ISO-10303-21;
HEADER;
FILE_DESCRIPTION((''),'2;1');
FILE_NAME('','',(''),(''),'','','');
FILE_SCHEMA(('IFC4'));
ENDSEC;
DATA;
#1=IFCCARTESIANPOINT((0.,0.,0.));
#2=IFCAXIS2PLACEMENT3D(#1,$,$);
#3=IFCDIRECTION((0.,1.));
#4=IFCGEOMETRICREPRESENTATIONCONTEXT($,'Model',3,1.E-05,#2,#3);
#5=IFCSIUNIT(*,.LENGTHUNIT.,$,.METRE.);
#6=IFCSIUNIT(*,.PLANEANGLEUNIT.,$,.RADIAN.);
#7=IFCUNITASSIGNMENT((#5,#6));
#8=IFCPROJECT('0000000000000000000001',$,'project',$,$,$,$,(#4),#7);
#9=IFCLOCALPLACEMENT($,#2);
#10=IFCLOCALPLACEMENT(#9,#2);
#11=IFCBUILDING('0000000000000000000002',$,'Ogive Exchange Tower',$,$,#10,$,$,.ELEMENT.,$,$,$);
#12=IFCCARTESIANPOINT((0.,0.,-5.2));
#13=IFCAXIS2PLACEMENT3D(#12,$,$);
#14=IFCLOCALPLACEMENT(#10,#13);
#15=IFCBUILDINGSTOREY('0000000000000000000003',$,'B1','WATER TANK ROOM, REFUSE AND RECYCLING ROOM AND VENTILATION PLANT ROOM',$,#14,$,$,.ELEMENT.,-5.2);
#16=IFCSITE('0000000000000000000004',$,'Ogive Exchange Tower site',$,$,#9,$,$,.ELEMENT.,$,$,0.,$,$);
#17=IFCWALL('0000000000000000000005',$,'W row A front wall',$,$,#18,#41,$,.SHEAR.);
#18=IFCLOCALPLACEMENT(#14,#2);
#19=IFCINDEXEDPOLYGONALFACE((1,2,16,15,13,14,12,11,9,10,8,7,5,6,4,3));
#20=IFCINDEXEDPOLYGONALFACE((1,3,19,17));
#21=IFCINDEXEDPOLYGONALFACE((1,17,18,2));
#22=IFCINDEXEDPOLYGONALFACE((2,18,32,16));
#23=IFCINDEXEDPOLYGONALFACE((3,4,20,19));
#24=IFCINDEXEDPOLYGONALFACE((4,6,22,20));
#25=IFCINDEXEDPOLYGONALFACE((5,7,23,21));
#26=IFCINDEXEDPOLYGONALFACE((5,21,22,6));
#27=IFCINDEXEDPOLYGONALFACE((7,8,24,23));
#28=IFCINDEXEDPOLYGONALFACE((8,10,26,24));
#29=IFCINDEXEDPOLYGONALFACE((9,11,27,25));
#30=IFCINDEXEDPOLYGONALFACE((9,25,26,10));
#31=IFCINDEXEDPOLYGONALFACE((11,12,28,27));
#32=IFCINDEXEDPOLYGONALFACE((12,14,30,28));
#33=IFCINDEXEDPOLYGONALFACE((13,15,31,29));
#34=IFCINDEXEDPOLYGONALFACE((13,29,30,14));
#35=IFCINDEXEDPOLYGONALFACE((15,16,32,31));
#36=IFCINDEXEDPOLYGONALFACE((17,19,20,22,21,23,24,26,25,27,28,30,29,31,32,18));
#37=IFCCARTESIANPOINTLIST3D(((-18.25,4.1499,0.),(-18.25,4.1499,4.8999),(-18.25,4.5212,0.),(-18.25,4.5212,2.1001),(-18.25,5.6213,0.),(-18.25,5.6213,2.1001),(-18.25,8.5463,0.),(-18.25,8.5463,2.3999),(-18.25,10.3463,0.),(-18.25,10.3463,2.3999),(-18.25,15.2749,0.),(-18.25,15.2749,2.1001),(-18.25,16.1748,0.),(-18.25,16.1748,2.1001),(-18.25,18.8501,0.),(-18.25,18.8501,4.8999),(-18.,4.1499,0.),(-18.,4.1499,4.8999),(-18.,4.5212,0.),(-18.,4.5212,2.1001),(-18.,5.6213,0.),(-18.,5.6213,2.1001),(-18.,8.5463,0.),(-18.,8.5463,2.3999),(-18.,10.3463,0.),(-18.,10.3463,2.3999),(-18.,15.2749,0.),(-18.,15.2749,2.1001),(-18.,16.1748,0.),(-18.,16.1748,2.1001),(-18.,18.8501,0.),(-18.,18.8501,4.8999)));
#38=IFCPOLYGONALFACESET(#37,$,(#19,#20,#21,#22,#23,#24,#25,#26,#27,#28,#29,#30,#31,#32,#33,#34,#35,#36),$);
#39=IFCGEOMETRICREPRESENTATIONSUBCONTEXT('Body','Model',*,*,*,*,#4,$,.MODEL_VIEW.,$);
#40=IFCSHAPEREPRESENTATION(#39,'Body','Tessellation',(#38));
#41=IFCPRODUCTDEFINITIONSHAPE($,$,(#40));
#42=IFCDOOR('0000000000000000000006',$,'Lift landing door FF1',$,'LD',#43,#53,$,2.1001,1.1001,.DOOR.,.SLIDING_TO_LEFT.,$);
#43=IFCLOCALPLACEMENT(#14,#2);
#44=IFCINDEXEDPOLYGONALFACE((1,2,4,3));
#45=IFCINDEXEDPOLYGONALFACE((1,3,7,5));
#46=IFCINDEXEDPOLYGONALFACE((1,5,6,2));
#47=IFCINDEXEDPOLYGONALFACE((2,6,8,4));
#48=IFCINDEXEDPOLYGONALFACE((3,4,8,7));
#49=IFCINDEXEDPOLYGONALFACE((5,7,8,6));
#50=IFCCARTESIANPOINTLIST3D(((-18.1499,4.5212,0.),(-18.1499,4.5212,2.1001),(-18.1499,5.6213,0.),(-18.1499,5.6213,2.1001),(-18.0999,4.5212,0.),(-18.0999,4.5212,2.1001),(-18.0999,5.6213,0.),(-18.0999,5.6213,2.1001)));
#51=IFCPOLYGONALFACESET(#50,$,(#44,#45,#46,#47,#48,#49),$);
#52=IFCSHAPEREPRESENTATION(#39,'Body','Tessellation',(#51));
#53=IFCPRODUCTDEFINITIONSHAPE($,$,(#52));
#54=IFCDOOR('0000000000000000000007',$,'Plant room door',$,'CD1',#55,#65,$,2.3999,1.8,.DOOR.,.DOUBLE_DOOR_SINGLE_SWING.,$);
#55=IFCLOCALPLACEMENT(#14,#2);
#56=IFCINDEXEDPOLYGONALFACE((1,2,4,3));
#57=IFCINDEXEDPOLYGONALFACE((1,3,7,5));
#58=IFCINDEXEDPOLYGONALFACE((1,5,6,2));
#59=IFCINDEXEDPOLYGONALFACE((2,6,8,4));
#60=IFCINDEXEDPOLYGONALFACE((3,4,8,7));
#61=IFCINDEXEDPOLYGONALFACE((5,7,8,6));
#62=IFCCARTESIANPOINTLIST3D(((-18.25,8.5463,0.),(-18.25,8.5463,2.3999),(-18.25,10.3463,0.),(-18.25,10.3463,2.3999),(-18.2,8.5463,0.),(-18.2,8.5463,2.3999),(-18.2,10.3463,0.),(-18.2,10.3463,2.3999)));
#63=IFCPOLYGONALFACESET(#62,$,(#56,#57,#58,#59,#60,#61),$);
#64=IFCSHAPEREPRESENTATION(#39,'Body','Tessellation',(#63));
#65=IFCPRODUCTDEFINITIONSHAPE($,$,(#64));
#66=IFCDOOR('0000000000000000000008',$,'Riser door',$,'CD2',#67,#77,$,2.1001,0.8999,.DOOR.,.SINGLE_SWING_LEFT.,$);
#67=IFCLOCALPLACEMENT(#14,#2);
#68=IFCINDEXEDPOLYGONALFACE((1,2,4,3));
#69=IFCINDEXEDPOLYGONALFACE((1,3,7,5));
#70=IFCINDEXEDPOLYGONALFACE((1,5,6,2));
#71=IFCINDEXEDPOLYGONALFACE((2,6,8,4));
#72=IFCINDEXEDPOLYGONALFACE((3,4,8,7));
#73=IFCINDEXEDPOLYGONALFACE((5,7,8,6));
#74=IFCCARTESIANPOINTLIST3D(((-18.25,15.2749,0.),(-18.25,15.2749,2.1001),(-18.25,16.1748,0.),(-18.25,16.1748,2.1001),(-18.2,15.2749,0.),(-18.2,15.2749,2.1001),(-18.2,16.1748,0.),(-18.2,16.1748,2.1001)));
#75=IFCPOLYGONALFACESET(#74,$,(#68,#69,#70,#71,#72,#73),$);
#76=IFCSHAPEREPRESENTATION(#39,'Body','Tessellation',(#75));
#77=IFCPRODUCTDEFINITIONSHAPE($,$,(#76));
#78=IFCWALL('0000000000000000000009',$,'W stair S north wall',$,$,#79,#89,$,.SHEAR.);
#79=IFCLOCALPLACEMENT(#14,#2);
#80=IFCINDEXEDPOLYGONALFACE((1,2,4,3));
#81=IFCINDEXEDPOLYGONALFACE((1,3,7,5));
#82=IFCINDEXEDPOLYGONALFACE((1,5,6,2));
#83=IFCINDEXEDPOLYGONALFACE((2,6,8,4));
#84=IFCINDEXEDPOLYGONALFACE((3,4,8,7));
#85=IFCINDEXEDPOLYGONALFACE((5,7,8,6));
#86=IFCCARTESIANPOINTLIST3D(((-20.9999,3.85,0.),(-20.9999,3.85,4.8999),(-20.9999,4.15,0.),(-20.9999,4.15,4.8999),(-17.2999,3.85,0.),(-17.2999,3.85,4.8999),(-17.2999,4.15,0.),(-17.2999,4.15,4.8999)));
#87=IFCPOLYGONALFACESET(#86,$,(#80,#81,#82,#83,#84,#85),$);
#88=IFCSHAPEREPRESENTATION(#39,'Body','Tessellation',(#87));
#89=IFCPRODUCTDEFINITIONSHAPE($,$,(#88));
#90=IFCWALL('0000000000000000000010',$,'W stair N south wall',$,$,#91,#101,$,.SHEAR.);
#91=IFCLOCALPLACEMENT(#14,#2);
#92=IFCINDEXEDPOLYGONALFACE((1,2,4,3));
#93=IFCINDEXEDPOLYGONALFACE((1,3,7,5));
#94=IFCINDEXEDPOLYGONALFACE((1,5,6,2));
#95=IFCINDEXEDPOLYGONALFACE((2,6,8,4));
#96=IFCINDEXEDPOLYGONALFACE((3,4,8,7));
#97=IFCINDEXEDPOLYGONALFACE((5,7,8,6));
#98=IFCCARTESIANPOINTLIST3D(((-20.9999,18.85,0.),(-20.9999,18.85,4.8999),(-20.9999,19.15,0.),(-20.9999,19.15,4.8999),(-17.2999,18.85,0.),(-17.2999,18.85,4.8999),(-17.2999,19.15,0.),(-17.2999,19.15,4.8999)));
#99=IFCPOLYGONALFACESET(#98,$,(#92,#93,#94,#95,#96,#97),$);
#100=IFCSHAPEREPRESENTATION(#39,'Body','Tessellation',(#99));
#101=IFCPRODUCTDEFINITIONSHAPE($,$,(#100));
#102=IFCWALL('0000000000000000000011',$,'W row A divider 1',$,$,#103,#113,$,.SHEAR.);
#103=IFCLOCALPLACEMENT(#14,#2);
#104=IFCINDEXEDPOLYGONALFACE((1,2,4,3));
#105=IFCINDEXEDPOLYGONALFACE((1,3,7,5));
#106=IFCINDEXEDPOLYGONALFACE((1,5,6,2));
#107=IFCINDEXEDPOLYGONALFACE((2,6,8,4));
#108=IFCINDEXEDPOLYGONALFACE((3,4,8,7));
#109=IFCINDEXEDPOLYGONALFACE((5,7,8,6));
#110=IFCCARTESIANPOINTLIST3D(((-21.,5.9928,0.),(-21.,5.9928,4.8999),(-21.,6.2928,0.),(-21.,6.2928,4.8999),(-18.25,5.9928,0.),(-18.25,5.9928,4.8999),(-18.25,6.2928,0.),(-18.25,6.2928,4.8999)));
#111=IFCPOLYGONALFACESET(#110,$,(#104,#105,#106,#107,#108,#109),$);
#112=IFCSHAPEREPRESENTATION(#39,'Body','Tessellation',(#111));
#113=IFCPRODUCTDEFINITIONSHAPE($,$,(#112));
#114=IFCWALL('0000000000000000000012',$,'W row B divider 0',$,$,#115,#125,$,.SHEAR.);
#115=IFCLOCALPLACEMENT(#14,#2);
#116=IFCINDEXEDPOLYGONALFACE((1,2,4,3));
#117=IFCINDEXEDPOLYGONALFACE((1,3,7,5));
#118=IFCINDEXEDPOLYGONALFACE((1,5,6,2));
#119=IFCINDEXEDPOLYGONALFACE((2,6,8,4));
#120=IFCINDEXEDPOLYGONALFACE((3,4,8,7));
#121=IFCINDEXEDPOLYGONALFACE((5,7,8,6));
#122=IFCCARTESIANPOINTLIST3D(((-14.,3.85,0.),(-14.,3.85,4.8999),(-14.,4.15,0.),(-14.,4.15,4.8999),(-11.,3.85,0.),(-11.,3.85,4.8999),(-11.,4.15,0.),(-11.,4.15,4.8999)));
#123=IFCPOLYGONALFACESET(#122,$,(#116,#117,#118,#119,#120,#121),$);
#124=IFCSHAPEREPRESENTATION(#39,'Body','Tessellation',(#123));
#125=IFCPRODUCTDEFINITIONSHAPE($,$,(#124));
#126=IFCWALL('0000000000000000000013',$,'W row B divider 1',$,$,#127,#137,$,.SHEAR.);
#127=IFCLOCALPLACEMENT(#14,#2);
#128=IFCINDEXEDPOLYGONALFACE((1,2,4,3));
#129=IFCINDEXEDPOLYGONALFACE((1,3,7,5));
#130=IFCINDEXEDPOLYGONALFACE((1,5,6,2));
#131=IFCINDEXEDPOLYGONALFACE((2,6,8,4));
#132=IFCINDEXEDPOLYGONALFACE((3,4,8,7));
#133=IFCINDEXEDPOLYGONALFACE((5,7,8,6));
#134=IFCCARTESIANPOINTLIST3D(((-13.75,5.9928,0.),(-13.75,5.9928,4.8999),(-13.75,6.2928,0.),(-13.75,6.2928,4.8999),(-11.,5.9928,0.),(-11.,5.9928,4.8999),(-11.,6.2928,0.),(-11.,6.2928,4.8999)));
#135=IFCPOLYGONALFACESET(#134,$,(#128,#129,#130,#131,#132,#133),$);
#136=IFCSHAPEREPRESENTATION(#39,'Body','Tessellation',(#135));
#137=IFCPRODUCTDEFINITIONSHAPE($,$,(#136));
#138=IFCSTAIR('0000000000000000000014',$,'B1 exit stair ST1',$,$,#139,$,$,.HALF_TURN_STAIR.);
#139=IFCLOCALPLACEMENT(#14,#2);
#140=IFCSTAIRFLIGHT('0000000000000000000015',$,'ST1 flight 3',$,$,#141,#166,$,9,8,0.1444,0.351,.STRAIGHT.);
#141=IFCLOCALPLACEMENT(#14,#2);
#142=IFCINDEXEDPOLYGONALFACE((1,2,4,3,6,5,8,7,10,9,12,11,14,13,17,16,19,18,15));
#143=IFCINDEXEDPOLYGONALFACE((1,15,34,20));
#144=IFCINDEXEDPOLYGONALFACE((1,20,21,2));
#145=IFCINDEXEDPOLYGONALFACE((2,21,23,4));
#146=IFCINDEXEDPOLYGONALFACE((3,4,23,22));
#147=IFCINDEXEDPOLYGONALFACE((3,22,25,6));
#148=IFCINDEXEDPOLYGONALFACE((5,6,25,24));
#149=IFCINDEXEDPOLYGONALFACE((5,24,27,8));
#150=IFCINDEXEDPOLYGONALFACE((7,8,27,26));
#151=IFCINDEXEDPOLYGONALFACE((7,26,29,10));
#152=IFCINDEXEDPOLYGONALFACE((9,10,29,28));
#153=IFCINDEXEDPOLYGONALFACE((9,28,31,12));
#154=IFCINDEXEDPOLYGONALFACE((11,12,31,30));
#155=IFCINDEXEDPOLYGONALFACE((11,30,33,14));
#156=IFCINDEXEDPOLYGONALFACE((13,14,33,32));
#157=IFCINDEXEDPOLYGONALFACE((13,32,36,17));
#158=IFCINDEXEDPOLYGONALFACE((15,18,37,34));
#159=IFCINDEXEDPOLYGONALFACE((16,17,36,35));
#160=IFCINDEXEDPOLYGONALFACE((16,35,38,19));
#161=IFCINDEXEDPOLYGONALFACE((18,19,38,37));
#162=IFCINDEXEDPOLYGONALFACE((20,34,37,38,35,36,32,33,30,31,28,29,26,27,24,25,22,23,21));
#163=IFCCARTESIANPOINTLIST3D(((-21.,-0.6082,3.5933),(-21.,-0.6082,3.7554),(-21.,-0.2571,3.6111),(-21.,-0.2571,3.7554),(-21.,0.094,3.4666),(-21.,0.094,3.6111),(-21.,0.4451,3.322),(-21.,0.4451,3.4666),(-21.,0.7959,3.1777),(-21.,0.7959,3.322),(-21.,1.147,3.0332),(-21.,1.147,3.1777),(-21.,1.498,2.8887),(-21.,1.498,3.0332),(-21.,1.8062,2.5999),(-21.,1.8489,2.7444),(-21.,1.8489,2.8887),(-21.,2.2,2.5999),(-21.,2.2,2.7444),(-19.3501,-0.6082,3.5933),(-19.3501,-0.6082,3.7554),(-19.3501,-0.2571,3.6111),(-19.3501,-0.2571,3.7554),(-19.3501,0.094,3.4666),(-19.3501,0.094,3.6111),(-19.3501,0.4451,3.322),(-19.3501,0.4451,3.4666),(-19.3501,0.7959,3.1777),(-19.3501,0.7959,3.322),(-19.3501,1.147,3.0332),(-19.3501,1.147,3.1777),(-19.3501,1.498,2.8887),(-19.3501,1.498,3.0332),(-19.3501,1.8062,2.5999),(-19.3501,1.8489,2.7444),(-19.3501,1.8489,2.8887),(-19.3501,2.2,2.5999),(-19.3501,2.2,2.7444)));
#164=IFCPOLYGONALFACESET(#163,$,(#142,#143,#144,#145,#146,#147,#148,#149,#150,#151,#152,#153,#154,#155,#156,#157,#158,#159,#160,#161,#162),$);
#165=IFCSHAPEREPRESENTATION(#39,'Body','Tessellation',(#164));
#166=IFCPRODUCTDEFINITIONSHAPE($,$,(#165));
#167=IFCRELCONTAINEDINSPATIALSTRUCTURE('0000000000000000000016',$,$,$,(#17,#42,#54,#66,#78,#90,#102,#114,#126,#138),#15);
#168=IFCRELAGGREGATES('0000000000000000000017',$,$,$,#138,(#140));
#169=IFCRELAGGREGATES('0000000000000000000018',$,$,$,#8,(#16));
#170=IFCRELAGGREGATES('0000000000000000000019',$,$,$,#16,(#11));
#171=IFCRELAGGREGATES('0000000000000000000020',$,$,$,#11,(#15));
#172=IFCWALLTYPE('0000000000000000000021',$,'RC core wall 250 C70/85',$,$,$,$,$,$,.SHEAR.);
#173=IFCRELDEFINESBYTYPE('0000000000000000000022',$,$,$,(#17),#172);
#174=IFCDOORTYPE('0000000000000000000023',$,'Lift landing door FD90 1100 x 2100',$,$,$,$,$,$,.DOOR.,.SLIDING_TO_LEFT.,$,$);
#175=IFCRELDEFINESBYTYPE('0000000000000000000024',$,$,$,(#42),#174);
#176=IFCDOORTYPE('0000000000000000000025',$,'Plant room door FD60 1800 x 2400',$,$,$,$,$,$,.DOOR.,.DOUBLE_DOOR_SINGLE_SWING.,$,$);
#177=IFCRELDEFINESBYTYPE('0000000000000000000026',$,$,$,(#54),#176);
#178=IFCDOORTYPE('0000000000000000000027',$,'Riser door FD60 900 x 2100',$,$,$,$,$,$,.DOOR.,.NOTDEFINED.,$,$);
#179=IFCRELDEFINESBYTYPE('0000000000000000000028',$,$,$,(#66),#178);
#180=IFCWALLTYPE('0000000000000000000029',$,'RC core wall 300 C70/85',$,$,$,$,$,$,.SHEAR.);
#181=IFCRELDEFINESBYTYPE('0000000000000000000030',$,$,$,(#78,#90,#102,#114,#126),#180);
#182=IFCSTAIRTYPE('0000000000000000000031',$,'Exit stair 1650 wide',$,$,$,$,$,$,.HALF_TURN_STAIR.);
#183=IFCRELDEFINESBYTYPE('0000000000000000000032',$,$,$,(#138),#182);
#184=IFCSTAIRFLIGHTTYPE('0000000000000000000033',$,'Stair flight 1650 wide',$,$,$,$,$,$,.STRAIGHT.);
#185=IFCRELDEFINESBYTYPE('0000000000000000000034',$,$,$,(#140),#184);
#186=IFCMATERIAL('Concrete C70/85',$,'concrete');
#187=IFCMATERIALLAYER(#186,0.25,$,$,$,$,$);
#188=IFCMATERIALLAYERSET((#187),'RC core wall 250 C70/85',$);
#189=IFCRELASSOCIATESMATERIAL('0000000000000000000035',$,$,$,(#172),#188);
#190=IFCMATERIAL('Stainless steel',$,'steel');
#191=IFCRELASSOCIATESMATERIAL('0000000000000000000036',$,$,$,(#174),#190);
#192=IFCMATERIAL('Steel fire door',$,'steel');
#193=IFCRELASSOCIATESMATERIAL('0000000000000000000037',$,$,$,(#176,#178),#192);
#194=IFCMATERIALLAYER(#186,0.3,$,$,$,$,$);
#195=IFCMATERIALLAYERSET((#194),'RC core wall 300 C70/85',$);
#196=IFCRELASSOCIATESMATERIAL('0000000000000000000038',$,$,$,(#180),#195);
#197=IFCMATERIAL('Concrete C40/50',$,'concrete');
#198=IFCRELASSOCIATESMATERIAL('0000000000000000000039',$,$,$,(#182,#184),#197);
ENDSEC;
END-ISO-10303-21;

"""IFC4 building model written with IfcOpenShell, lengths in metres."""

from ifc_helpers import new_model, si_unit, direction, frame, frame_2d, origin, place, context, subcontext, project, spatial, polyline, rectangle, outline, extrude, material, layer, layer_set, type_object, element, fill, aggregate, save


model = new_model("IFC4")

# Units and contexts
model_context = context("Model", 3, precision=1e-05, world=origin(), true_north=direction((0.0, 1.0)))
body_context = subcontext(model_context, "Body", "Model", "MODEL_VIEW")
ifc_project = project(units=[si_unit("LENGTHUNIT", "METRE"), si_unit("PLANEANGLEUNIT", "RADIAN")], contexts=[model_context])

# Site, building, storey
site_placement = place(None, origin())
site = spatial("IfcSite", under=ifc_project, at=site_placement, Name="Ogive Exchange Tower site", CompositionType="ELEMENT", RefElevation=0.0)
building_placement = place(site_placement, origin())
building = spatial("IfcBuilding", under=site, at=building_placement, Name="Ogive Exchange Tower", CompositionType="ELEMENT")
storey_placement = place(building_placement, frame((0.0, 0.0, -5.2)))
storey = spatial("IfcBuildingStorey", under=building, at=storey_placement, Name="B1", Description="WATER TANK ROOM, REFUSE AND RECYCLING ROOM AND VENTILATION PLANT ROOM", CompositionType="ELEMENT", Elevation=-5.2)

# Shared definitions
ifc_material_1 = material(Name="Concrete C70/85", Category="concrete")
ifc_material_2 = material(Name="Steel fire door", Category="steel")
ifc_layer_1 = layer(ifc_material_1, 0.25)
ifc_layer_set_1 = layer_set([ifc_layer_1], Name="RC core wall 250 C70/85")
wall_type_1 = type_object("IfcWallType", Name="RC core wall 250 C70/85", PredefinedType="SHEAR", material=ifc_layer_set_1)

# Wall, openings, doors
wall_1_placement = place(storey_placement, frame((-18.125, 4.1499, 0.0), z_axis=(0.0, 0.0, 1.0), x_axis=(0.0, 1.0, 0.0)))
wall_1 = element("IfcWall", 1, at=wall_1_placement, inside=storey, type_object=wall_type_1, Name="W row A front wall", PredefinedType="SHEAR", context=body_context, shape_type="SweptSolid", body=[
    extrude(rectangle(XDim=14.7002, YDim=0.25, at=frame_2d((7.3501, 0.0))), origin(), (0.0, 0.0, 1.0), 4.8999),
])
opening_1_placement = place(wall_1_placement, frame((4.3965, 0.0, 0.0)))
opening_1 = element("IfcOpeningElement", 2, at=opening_1_placement, cuts=wall_1, PredefinedType="OPENING", context=body_context, shape_type="SweptSolid", body=[
    extrude(rectangle(XDim=1.8, YDim=2.3999, at=frame_2d((0.8999, 1.2))), frame((0.0, 0.135, 0.0), z_axis=(0.0, -1.0, 0.0), x_axis=(1.0, 0.0, 0.0)), (0.0, 0.0, 1.0), 0.27),
])
opening_2_placement = place(wall_1_placement, frame((11.125, 0.0, 0.0)))
opening_2 = element("IfcOpeningElement", 3, at=opening_2_placement, cuts=wall_1, PredefinedType="OPENING", context=body_context, shape_type="SweptSolid", body=[
    extrude(rectangle(XDim=0.8999, YDim=2.1001, at=frame_2d((0.45, 1.05))), frame((0.0, 0.135, 0.0), z_axis=(0.0, -1.0, 0.0), x_axis=(1.0, 0.0, 0.0)), (0.0, 0.0, 1.0), 0.27),
])
opening_3_placement = place(wall_1_placement, frame((0.3713, 0.0, 0.0)))
opening_3 = element("IfcOpeningElement", 4, at=opening_3_placement, cuts=wall_1, PredefinedType="OPENING", context=body_context, shape_type="SweptSolid", body=[
    extrude(rectangle(XDim=1.1001, YDim=2.1001, at=frame_2d((0.55, 1.05))), frame((0.0, 0.135, 0.0), z_axis=(0.0, -1.0, 0.0), x_axis=(1.0, 0.0, 0.0)), (0.0, 0.0, 1.0), 0.27),
])
ifc_material_3 = material(Name="Stainless steel", Category="steel")
door_type_1 = type_object("IfcDoorType", Name="Lift landing door FD90 1100 x 2100", OperationType="SLIDING_TO_LEFT", PredefinedType="DOOR", material=ifc_material_3)
door_1_placement = place(opening_3_placement, origin())
door_1 = element("IfcDoor", 5, at=door_1_placement, inside=storey, type_object=door_type_1, Name="Lift landing door FF1", ObjectType="LD", OperationType="SLIDING_TO_LEFT", OverallHeight=2.1001, OverallWidth=1.1001, PredefinedType="DOOR", context=body_context, shape_type="SweptSolid", body=[
    extrude(rectangle(XDim=1.1001, YDim=2.1001, at=frame_2d((0.55, 1.05))), frame((0.0, 0.0249, 0.0), z_axis=(0.0, -1.0, 0.0), x_axis=(1.0, 0.0, 0.0)), (0.0, 0.0, 1.0), 0.05),
])
fill(opening_3, door_1)
door_type_2 = type_object("IfcDoorType", Name="Plant room door FD60 1800 x 2400", OperationType="DOUBLE_DOOR_SINGLE_SWING", PredefinedType="DOOR", material=ifc_material_2)
door_2_placement = place(opening_1_placement, origin())
door_2 = element("IfcDoor", 6, at=door_2_placement, inside=storey, type_object=door_type_2, Name="Plant room door", ObjectType="CD1", OperationType="DOUBLE_DOOR_SINGLE_SWING", OverallHeight=2.3999, OverallWidth=1.8, PredefinedType="DOOR", context=body_context, shape_type="SweptSolid", body=[
    extrude(rectangle(XDim=1.8, YDim=2.3999, at=frame_2d((0.8999, 1.2))), frame((0.0, 0.125, 0.0), z_axis=(0.0, -1.0, 0.0), x_axis=(1.0, 0.0, 0.0)), (0.0, 0.0, 1.0), 0.05),
])
fill(opening_1, door_2)
door_type_3 = type_object("IfcDoorType", Name="Riser door FD60 900 x 2100", OperationType="NOTDEFINED", PredefinedType="DOOR", material=ifc_material_2)
door_3_placement = place(opening_2_placement, origin())
door_3 = element("IfcDoor", 7, at=door_3_placement, inside=storey, type_object=door_type_3, Name="Riser door", ObjectType="CD2", OperationType="SINGLE_SWING_LEFT", OverallHeight=2.1001, OverallWidth=0.8999, PredefinedType="DOOR", context=body_context, shape_type="SweptSolid", body=[
    extrude(rectangle(XDim=0.8999, YDim=2.1001, at=frame_2d((0.45, 1.05))), frame((0.0, 0.125, 0.0), z_axis=(0.0, -1.0, 0.0), x_axis=(1.0, 0.0, 0.0)), (0.0, 0.0, 1.0), 0.05),
])
fill(opening_2, door_3)

# Walls
ifc_layer_2 = layer(ifc_material_1, 0.3)
ifc_layer_set_2 = layer_set([ifc_layer_2], Name="RC core wall 300 C70/85")
wall_type_2 = type_object("IfcWallType", Name="RC core wall 300 C70/85", PredefinedType="SHEAR", material=ifc_layer_set_2)
for number, where, z_axis, x_axis, name in (
    (8, (-21.0, 4.0, 0.0), (0.0, 0.0, 1.0), (1.0, 0.0, 0.0), "W stair S north wall"),
    (9, (-21.0, 19.0, 0.0), (0.0, 0.0, 1.0), (1.0, 0.0, 0.0), "W stair N south wall"),
):
    element("IfcWall", number, at=place(storey_placement, frame(where, z_axis=z_axis, x_axis=x_axis)), inside=storey, type_object=wall_type_2, Name=name, PredefinedType="SHEAR", context=body_context, shape_type="SweptSolid", body=[
        extrude(rectangle(XDim=3.7, YDim=0.3, at=frame_2d((1.8501, 0.0))), origin(), (0.0, 0.0, 1.0), 4.8999),
    ])
wall_2_placement = place(storey_placement, frame((-21.0, 6.1428, 0.0), z_axis=(0.0, 0.0, 1.0), x_axis=(1.0, 0.0, 0.0)))
element("IfcWall", 10, at=wall_2_placement, inside=storey, type_object=wall_type_2, Name="W row A divider 1", PredefinedType="SHEAR", context=body_context, shape_type="SweptSolid", body=[
    extrude(rectangle(XDim=2.75, YDim=0.3, at=frame_2d((1.375, 0.0))), origin(), (0.0, 0.0, 1.0), 4.8999),
])
wall_3_placement = place(storey_placement, frame((-14.0, 4.0, 0.0), z_axis=(0.0, 0.0, 1.0), x_axis=(1.0, 0.0, 0.0)))
element("IfcWall", 11, at=wall_3_placement, inside=storey, type_object=wall_type_2, Name="W row B divider 0", PredefinedType="SHEAR", context=body_context, shape_type="SweptSolid", body=[
    extrude(rectangle(XDim=3.0, YDim=0.3, at=frame_2d((1.5, 0.0))), origin(), (0.0, 0.0, 1.0), 4.8999),
])
wall_4_placement = place(storey_placement, frame((-13.75, 6.1428, 0.0), z_axis=(0.0, 0.0, 1.0), x_axis=(1.0, 0.0, 0.0)))
element("IfcWall", 12, at=wall_4_placement, inside=storey, type_object=wall_type_2, Name="W row B divider 1", PredefinedType="SHEAR", context=body_context, shape_type="SweptSolid", body=[
    extrude(rectangle(XDim=2.75, YDim=0.3, at=frame_2d((1.375, 0.0))), origin(), (0.0, 0.0, 1.0), 4.8999),
])

# Stair, stair flight
ifc_material_4 = material(Name="Concrete C40/50", Category="concrete")
stair_type = type_object("IfcStairType", Name="Exit stair 1650 wide", PredefinedType="HALF_TURN_STAIR", material=ifc_material_4)
stair_placement = place(storey_placement, origin())
stair = element("IfcStair", 13, at=stair_placement, inside=storey, type_object=stair_type, Name="B1 exit stair ST1", PredefinedType="HALF_TURN_STAIR")
stair_flight_type = type_object("IfcStairFlightType", Name="Stair flight 1650 wide", PredefinedType="STRAIGHT", material=ifc_material_4)
stair_flight_placement = place(storey_placement, frame((-20.175, 2.2, 2.5999), z_axis=(0.0, 0.0, 1.0), x_axis=(0.0, -1.0, 0.0)))
stair_flight = element("IfcStairFlight", 14, at=stair_flight_placement, type_object=stair_flight_type, Name="ST1 flight 3", NumberOfRisers=9, NumberOfTreads=8, PredefinedType="STRAIGHT", RiserHeight=0.1444, TreadLength=0.351, context=body_context, shape_type="SweptSolid", body=[
    extrude(outline(polyline([(0.0, 0.0), (0.0, 0.1445), (0.3511, 0.1445), (0.3511, 0.2888), (0.7019, 0.2888), (0.7019, 0.4333), (1.053, 0.4333), (1.053, 0.5779), (1.4041, 0.5779), (1.4041, 0.7222), (1.7549, 0.7222), (1.7549, 0.8667), (2.106, 0.8667), (2.106, 1.0112), (2.457, 1.0112), (2.457, 1.1555), (2.8081, 1.1555), (2.8081, 1.3), (2.8081, 0.9934), (0.3938, 0.0), (0.0, 0.0)])), frame((0.0, 0.825, 0.0), z_axis=(0.0, -1.0, 0.0), x_axis=(1.0, 0.0, 0.0)), (0.0, 0.0, 1.0), 1.6499),
])
aggregate(stair, [stair_flight])

save(model, "model.ifc")
